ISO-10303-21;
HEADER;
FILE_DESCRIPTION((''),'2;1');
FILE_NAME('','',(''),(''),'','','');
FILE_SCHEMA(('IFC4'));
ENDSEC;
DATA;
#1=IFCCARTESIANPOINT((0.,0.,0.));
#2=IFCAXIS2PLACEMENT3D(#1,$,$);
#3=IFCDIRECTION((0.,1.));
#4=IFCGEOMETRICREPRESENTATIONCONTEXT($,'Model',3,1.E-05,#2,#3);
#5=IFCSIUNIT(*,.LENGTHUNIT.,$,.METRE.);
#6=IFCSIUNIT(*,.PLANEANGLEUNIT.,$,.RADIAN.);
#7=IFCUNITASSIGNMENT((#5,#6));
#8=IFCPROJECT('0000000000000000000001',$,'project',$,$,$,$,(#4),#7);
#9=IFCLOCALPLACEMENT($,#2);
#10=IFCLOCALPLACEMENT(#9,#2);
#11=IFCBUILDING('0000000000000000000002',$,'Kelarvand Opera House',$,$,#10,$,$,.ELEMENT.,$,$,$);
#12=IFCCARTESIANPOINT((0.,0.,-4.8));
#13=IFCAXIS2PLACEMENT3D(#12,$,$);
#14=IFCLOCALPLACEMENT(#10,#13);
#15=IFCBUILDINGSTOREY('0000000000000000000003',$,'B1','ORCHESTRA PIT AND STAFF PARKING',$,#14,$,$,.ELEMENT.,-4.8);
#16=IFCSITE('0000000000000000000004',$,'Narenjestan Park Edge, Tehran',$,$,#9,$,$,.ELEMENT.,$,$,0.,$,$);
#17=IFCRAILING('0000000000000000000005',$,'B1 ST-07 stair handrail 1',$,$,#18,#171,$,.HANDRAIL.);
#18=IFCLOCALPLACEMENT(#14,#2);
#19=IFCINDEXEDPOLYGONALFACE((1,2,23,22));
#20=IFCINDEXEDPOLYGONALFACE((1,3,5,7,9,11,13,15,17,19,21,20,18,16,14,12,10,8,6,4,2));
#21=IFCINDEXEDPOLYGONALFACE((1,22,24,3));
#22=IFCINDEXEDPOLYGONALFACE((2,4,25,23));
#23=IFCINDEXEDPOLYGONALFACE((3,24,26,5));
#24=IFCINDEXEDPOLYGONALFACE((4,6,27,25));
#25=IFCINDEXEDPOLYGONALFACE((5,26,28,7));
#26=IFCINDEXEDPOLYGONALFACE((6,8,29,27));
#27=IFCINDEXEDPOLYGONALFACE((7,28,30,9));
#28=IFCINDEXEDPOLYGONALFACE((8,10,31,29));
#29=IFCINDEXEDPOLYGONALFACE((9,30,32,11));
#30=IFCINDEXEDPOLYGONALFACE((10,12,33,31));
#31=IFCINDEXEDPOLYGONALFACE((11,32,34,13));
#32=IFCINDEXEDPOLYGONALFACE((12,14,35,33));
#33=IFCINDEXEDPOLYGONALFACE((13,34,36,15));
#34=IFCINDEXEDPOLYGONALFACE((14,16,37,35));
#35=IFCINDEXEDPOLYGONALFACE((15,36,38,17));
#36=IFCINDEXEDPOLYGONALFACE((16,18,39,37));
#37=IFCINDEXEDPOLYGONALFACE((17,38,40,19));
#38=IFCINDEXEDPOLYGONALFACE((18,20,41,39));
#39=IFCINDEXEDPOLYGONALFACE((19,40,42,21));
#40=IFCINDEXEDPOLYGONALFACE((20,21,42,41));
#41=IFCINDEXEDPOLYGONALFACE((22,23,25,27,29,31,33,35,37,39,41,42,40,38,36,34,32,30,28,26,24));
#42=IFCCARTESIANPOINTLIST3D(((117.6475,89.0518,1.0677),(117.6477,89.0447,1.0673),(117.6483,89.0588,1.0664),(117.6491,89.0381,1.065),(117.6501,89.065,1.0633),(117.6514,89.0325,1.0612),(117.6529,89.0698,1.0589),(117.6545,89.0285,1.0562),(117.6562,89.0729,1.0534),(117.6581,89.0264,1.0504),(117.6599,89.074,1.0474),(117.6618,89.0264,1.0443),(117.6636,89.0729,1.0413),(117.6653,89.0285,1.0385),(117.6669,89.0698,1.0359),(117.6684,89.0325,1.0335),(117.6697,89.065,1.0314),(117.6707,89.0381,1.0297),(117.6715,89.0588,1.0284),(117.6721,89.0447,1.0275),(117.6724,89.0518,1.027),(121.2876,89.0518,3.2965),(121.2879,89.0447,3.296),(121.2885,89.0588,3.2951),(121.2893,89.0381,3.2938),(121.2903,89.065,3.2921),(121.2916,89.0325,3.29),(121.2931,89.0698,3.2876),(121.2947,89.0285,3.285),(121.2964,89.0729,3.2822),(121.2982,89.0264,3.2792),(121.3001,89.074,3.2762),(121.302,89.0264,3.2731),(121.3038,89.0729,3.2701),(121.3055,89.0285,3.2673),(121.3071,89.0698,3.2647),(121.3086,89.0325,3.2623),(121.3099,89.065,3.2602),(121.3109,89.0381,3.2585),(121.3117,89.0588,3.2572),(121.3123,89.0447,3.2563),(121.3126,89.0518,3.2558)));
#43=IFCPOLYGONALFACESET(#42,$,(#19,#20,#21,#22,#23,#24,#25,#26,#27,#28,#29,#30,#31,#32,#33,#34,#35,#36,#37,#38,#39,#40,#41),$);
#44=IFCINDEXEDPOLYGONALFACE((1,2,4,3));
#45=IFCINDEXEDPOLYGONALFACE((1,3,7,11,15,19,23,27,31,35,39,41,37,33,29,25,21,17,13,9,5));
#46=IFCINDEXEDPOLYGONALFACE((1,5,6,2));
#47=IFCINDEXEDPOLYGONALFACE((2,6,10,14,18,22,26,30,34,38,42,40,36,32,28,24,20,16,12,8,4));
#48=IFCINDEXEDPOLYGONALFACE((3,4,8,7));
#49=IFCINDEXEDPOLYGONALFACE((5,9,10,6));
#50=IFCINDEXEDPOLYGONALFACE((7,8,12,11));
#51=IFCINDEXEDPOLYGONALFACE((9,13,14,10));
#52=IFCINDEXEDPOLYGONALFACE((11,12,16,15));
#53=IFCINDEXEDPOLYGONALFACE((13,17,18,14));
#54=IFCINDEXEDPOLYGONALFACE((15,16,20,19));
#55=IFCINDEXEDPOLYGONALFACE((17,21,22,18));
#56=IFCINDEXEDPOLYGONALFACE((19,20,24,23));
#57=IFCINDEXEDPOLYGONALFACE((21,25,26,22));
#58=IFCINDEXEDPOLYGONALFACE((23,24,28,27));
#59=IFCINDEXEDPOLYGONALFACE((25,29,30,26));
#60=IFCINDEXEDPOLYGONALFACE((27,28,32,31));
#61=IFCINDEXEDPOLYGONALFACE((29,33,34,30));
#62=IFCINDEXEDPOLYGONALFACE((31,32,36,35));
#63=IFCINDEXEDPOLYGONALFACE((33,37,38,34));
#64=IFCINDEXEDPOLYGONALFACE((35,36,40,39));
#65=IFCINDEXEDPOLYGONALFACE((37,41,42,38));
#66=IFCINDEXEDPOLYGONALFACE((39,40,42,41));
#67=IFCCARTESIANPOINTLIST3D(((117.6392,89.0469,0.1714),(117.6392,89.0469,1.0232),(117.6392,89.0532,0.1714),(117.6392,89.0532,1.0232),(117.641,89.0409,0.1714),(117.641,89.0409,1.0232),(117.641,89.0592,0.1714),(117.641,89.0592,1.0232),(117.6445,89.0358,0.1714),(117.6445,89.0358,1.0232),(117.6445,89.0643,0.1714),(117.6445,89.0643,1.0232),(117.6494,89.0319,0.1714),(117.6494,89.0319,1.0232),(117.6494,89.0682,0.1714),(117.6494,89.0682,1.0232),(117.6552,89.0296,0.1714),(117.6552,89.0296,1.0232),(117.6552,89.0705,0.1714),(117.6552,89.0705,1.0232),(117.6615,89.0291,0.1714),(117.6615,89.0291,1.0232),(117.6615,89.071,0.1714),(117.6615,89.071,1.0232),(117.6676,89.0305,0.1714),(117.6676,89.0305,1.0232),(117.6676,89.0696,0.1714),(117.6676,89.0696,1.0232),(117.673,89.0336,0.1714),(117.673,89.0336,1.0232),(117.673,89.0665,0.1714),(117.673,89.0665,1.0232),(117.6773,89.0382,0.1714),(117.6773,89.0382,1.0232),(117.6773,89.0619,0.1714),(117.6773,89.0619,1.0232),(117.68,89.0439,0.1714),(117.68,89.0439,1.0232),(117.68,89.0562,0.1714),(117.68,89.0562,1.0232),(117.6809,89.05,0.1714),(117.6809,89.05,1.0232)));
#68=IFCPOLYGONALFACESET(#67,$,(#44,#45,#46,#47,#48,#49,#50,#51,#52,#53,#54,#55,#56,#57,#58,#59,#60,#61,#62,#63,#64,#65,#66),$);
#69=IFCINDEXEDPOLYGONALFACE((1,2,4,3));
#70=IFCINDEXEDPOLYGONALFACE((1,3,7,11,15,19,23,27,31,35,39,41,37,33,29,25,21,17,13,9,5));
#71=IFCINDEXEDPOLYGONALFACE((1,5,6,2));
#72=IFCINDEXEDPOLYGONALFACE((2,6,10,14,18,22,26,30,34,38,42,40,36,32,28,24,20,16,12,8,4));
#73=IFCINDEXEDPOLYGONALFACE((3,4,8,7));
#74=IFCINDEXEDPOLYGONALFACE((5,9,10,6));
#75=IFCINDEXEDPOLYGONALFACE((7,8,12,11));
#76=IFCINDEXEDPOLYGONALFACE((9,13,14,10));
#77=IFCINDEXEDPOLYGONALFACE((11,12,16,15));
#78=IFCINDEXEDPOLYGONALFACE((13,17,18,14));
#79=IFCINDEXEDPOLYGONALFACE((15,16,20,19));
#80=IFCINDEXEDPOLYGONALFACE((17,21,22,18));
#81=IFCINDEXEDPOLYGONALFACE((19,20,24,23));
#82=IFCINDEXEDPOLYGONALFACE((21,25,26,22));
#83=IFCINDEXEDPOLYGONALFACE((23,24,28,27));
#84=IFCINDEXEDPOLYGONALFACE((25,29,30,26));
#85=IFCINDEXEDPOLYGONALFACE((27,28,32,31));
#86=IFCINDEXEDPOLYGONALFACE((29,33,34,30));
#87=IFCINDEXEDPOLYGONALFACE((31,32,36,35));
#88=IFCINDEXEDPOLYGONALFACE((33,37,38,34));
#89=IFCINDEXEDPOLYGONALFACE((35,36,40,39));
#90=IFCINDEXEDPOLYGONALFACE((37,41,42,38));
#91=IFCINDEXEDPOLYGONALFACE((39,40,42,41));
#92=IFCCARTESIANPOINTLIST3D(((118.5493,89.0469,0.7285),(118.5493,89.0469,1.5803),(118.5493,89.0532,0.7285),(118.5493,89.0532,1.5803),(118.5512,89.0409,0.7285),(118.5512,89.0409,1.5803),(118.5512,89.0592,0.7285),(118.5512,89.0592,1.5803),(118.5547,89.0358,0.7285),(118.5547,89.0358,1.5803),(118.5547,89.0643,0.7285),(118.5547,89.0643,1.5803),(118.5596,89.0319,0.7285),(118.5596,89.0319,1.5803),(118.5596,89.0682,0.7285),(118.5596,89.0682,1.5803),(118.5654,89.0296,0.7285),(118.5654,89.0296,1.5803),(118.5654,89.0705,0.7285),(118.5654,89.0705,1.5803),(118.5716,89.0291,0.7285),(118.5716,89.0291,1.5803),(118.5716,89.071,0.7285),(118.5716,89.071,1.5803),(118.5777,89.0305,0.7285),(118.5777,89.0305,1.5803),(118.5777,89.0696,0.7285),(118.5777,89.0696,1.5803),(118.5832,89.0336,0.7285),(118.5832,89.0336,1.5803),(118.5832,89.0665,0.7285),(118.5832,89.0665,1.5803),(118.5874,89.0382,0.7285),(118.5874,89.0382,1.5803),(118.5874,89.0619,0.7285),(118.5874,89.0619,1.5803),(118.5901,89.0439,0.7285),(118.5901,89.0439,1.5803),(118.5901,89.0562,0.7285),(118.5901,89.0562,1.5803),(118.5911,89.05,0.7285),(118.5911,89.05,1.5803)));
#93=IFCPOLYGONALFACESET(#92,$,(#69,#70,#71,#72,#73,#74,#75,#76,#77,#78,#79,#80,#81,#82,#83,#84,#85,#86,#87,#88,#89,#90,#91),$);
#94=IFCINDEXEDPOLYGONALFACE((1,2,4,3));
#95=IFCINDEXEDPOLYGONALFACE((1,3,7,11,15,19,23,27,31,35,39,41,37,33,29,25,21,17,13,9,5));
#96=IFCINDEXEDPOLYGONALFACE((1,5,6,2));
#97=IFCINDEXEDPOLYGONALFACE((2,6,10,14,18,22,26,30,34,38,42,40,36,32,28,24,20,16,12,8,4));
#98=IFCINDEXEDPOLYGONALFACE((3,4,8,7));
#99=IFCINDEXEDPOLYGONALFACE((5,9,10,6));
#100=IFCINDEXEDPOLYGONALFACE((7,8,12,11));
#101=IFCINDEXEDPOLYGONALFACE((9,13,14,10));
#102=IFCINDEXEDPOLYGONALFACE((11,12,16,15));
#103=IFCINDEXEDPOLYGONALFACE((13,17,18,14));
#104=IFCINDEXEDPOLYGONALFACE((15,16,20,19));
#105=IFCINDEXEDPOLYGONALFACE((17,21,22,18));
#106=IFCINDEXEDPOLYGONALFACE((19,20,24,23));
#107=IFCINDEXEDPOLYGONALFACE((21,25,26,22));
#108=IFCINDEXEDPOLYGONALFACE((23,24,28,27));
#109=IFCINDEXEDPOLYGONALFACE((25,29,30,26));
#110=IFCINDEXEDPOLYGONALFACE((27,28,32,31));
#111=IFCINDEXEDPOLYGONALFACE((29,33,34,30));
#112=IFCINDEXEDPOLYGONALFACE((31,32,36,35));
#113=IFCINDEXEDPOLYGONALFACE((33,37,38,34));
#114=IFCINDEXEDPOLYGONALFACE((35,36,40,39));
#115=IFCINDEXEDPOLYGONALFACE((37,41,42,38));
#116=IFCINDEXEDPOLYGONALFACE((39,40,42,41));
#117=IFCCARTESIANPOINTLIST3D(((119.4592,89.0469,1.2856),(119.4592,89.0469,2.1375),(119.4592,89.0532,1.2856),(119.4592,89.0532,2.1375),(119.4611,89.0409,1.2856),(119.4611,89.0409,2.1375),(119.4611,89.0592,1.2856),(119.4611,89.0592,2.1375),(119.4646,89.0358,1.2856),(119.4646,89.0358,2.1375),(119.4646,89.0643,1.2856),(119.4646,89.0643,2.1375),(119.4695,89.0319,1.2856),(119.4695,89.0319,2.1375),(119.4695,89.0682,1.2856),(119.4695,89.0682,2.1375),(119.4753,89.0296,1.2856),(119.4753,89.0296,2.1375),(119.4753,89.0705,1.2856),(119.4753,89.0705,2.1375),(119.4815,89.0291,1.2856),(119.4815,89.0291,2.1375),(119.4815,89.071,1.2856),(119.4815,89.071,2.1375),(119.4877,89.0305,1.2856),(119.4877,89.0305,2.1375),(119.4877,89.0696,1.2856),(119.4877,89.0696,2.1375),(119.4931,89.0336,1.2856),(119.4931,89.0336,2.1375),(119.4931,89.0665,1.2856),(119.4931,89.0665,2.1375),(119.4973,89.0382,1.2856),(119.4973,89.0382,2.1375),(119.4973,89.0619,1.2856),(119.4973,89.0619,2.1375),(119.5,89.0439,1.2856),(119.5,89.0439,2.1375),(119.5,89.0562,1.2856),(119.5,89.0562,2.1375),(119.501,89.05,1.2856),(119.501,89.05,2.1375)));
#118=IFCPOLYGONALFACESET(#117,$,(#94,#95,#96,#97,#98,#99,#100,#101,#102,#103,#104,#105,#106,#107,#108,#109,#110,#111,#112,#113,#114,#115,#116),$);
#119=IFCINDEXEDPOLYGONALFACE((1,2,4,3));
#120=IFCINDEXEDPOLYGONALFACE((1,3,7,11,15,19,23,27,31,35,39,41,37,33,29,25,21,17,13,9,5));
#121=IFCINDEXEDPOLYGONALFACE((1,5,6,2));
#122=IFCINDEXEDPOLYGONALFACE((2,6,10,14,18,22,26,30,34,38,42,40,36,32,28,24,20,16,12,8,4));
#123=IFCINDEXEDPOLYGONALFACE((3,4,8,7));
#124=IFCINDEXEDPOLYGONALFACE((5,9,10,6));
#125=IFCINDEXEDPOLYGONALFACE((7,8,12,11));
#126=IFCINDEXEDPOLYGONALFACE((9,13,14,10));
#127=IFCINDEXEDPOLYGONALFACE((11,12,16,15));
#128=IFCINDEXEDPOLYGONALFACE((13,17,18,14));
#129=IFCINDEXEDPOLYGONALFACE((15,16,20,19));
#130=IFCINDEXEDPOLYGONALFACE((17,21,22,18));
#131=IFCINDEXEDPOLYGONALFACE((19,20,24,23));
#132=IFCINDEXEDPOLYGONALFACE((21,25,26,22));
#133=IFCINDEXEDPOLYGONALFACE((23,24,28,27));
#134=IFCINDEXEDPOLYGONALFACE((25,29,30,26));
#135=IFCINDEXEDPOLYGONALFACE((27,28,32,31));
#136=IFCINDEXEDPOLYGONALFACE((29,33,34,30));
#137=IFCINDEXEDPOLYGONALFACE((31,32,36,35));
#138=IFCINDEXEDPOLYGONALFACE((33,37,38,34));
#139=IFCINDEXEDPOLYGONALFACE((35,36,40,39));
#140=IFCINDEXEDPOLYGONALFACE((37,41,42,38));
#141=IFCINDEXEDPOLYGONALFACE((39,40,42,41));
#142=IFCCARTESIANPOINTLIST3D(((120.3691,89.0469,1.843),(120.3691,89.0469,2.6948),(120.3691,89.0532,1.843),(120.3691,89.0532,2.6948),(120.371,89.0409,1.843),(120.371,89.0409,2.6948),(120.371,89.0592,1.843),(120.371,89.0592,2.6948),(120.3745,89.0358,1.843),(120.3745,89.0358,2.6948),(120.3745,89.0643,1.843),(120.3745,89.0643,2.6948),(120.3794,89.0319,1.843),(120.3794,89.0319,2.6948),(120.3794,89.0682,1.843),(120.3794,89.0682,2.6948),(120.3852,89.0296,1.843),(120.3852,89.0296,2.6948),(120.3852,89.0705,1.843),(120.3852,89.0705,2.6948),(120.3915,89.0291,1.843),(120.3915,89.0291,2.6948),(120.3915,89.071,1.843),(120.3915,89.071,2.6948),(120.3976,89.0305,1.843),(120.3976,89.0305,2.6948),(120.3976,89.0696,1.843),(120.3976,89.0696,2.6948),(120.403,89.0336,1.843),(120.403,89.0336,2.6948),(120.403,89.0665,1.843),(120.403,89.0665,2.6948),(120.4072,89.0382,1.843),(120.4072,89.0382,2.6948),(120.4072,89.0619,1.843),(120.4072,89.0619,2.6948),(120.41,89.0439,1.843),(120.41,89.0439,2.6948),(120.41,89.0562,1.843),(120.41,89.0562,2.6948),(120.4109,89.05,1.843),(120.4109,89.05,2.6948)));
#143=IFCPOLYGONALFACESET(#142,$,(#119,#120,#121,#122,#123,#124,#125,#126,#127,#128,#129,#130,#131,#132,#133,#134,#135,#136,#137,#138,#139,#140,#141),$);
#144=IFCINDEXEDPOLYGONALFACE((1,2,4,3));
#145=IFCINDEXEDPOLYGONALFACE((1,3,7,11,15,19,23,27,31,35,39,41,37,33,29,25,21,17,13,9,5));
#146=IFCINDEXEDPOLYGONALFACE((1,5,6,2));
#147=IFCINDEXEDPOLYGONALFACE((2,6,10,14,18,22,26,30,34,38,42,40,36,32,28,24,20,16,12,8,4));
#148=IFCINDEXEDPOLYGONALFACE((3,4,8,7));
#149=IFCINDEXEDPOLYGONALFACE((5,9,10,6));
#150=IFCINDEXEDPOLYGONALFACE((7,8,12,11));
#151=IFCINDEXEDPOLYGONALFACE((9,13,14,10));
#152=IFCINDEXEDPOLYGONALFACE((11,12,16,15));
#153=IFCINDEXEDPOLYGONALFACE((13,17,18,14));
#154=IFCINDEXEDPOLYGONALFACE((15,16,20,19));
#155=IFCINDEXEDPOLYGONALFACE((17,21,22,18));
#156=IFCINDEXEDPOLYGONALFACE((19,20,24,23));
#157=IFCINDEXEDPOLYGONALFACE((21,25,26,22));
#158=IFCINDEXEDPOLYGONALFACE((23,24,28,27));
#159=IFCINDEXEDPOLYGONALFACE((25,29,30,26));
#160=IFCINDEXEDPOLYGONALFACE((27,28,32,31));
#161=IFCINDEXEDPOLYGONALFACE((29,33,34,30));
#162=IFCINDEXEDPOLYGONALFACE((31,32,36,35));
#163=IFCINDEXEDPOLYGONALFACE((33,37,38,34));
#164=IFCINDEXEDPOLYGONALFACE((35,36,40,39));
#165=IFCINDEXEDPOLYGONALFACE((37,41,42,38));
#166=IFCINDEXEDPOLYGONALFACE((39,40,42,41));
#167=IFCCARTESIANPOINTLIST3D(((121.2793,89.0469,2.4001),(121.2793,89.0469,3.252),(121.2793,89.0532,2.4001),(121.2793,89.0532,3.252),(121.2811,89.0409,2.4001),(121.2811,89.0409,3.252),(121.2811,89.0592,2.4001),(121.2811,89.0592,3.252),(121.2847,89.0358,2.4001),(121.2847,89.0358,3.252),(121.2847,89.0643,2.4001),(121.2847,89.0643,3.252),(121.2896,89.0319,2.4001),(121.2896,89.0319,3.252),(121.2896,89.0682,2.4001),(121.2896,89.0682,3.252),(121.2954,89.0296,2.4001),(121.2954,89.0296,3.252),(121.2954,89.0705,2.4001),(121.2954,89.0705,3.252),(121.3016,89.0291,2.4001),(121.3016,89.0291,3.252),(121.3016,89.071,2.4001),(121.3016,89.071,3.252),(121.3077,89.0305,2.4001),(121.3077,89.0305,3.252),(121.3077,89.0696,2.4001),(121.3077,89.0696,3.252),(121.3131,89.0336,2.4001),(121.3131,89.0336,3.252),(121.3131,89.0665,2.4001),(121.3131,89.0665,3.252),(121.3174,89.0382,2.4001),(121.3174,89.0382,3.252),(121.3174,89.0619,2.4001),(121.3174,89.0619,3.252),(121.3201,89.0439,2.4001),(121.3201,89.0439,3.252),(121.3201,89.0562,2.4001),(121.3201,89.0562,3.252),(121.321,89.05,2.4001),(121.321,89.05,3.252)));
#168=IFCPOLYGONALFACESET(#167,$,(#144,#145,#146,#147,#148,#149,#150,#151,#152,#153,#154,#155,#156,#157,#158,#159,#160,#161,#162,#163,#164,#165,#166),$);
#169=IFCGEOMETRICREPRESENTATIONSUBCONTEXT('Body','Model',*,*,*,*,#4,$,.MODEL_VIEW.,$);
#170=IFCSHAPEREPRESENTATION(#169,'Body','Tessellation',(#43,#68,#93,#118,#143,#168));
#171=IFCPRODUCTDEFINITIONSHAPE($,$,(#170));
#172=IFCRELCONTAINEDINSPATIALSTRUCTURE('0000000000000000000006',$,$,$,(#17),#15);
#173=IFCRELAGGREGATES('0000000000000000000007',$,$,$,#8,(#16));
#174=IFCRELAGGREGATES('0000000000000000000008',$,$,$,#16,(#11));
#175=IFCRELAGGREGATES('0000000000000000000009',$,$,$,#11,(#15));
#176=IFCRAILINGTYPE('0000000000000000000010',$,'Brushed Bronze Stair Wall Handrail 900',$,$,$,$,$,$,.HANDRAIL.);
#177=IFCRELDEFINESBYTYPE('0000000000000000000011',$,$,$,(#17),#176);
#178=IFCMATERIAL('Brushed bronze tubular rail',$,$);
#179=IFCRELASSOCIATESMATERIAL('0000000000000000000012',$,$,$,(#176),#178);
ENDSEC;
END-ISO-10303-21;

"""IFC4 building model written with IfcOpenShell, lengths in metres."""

from ifc_helpers import new_model, si_unit, direction, frame, origin, origin_2d, place, context, subcontext, project, spatial, circle, extrude, material, type_object, element, save


model = new_model("IFC4")

# Units and contexts
model_context = context("Model", 3, precision=1e-05, world=origin(), true_north=direction((0.0, 1.0)))
body_context = subcontext(model_context, "Body", "Model", "MODEL_VIEW")
ifc_project = project(units=[si_unit("LENGTHUNIT", "METRE"), si_unit("PLANEANGLEUNIT", "RADIAN")], contexts=[model_context])

# Site, building, storey
site_placement = place(None, origin())
site = spatial("IfcSite", under=ifc_project, at=site_placement, Name="Narenjestan Park Edge, Tehran", CompositionType="ELEMENT", RefElevation=0.0)
building_placement = place(site_placement, origin())
building = spatial("IfcBuilding", under=site, at=building_placement, Name="Kelarvand Opera House", CompositionType="ELEMENT")
storey_placement = place(building_placement, frame((0.0, 0.0, -4.8)))
storey = spatial("IfcBuildingStorey", under=building, at=storey_placement, Name="B1", Description="ORCHESTRA PIT AND STAFF PARKING", CompositionType="ELEMENT", Elevation=-4.8)

# Railing
ifc_material_1 = material(Name="Brushed bronze tubular rail")
railing_type_1 = type_object("IfcRailingType", Name="Brushed Bronze Stair Wall Handrail 900", PredefinedType="HANDRAIL", material=ifc_material_1)
railing_1_placement = place(storey_placement, frame((117.6599, 89.05, 0.1714)))
element("IfcRailing", 1, at=railing_1_placement, inside=storey, type_object=railing_type_1, Name="B1 ST-07 stair handrail 1", PredefinedType="HANDRAIL", context=body_context, shape_type="SweptSolid", body=[
    extrude(circle(Radius=0.0239, at=origin_2d()), frame((0.0, 0.0, 0.876), z_axis=(0.85284, 0.0, 0.522172), x_axis=(0.0, 1.0, 0.0)), (0.0, 0.0, 1.0), 4.2683),
    extrude(circle(Radius=0.021, at=origin_2d()), origin(), (0.0, 0.0, 1.0), 0.8518),
    extrude(circle(Radius=0.021, at=origin_2d()), frame((0.9102, 0.0, 0.5571)), (0.0, 0.0, 1.0), 0.8518),
    extrude(circle(Radius=0.021, at=origin_2d()), frame((1.8201, 0.0, 1.1143)), (0.0, 0.0, 1.0), 0.8518),
    extrude(circle(Radius=0.021, at=origin_2d()), frame((2.73, 0.0, 1.6716)), (0.0, 0.0, 1.0), 0.8518),
    extrude(circle(Radius=0.021, at=origin_2d()), frame((3.6401, 0.0, 2.2288)), (0.0, 0.0, 1.0), 0.8518),
])

save(model, "model.ifc")
